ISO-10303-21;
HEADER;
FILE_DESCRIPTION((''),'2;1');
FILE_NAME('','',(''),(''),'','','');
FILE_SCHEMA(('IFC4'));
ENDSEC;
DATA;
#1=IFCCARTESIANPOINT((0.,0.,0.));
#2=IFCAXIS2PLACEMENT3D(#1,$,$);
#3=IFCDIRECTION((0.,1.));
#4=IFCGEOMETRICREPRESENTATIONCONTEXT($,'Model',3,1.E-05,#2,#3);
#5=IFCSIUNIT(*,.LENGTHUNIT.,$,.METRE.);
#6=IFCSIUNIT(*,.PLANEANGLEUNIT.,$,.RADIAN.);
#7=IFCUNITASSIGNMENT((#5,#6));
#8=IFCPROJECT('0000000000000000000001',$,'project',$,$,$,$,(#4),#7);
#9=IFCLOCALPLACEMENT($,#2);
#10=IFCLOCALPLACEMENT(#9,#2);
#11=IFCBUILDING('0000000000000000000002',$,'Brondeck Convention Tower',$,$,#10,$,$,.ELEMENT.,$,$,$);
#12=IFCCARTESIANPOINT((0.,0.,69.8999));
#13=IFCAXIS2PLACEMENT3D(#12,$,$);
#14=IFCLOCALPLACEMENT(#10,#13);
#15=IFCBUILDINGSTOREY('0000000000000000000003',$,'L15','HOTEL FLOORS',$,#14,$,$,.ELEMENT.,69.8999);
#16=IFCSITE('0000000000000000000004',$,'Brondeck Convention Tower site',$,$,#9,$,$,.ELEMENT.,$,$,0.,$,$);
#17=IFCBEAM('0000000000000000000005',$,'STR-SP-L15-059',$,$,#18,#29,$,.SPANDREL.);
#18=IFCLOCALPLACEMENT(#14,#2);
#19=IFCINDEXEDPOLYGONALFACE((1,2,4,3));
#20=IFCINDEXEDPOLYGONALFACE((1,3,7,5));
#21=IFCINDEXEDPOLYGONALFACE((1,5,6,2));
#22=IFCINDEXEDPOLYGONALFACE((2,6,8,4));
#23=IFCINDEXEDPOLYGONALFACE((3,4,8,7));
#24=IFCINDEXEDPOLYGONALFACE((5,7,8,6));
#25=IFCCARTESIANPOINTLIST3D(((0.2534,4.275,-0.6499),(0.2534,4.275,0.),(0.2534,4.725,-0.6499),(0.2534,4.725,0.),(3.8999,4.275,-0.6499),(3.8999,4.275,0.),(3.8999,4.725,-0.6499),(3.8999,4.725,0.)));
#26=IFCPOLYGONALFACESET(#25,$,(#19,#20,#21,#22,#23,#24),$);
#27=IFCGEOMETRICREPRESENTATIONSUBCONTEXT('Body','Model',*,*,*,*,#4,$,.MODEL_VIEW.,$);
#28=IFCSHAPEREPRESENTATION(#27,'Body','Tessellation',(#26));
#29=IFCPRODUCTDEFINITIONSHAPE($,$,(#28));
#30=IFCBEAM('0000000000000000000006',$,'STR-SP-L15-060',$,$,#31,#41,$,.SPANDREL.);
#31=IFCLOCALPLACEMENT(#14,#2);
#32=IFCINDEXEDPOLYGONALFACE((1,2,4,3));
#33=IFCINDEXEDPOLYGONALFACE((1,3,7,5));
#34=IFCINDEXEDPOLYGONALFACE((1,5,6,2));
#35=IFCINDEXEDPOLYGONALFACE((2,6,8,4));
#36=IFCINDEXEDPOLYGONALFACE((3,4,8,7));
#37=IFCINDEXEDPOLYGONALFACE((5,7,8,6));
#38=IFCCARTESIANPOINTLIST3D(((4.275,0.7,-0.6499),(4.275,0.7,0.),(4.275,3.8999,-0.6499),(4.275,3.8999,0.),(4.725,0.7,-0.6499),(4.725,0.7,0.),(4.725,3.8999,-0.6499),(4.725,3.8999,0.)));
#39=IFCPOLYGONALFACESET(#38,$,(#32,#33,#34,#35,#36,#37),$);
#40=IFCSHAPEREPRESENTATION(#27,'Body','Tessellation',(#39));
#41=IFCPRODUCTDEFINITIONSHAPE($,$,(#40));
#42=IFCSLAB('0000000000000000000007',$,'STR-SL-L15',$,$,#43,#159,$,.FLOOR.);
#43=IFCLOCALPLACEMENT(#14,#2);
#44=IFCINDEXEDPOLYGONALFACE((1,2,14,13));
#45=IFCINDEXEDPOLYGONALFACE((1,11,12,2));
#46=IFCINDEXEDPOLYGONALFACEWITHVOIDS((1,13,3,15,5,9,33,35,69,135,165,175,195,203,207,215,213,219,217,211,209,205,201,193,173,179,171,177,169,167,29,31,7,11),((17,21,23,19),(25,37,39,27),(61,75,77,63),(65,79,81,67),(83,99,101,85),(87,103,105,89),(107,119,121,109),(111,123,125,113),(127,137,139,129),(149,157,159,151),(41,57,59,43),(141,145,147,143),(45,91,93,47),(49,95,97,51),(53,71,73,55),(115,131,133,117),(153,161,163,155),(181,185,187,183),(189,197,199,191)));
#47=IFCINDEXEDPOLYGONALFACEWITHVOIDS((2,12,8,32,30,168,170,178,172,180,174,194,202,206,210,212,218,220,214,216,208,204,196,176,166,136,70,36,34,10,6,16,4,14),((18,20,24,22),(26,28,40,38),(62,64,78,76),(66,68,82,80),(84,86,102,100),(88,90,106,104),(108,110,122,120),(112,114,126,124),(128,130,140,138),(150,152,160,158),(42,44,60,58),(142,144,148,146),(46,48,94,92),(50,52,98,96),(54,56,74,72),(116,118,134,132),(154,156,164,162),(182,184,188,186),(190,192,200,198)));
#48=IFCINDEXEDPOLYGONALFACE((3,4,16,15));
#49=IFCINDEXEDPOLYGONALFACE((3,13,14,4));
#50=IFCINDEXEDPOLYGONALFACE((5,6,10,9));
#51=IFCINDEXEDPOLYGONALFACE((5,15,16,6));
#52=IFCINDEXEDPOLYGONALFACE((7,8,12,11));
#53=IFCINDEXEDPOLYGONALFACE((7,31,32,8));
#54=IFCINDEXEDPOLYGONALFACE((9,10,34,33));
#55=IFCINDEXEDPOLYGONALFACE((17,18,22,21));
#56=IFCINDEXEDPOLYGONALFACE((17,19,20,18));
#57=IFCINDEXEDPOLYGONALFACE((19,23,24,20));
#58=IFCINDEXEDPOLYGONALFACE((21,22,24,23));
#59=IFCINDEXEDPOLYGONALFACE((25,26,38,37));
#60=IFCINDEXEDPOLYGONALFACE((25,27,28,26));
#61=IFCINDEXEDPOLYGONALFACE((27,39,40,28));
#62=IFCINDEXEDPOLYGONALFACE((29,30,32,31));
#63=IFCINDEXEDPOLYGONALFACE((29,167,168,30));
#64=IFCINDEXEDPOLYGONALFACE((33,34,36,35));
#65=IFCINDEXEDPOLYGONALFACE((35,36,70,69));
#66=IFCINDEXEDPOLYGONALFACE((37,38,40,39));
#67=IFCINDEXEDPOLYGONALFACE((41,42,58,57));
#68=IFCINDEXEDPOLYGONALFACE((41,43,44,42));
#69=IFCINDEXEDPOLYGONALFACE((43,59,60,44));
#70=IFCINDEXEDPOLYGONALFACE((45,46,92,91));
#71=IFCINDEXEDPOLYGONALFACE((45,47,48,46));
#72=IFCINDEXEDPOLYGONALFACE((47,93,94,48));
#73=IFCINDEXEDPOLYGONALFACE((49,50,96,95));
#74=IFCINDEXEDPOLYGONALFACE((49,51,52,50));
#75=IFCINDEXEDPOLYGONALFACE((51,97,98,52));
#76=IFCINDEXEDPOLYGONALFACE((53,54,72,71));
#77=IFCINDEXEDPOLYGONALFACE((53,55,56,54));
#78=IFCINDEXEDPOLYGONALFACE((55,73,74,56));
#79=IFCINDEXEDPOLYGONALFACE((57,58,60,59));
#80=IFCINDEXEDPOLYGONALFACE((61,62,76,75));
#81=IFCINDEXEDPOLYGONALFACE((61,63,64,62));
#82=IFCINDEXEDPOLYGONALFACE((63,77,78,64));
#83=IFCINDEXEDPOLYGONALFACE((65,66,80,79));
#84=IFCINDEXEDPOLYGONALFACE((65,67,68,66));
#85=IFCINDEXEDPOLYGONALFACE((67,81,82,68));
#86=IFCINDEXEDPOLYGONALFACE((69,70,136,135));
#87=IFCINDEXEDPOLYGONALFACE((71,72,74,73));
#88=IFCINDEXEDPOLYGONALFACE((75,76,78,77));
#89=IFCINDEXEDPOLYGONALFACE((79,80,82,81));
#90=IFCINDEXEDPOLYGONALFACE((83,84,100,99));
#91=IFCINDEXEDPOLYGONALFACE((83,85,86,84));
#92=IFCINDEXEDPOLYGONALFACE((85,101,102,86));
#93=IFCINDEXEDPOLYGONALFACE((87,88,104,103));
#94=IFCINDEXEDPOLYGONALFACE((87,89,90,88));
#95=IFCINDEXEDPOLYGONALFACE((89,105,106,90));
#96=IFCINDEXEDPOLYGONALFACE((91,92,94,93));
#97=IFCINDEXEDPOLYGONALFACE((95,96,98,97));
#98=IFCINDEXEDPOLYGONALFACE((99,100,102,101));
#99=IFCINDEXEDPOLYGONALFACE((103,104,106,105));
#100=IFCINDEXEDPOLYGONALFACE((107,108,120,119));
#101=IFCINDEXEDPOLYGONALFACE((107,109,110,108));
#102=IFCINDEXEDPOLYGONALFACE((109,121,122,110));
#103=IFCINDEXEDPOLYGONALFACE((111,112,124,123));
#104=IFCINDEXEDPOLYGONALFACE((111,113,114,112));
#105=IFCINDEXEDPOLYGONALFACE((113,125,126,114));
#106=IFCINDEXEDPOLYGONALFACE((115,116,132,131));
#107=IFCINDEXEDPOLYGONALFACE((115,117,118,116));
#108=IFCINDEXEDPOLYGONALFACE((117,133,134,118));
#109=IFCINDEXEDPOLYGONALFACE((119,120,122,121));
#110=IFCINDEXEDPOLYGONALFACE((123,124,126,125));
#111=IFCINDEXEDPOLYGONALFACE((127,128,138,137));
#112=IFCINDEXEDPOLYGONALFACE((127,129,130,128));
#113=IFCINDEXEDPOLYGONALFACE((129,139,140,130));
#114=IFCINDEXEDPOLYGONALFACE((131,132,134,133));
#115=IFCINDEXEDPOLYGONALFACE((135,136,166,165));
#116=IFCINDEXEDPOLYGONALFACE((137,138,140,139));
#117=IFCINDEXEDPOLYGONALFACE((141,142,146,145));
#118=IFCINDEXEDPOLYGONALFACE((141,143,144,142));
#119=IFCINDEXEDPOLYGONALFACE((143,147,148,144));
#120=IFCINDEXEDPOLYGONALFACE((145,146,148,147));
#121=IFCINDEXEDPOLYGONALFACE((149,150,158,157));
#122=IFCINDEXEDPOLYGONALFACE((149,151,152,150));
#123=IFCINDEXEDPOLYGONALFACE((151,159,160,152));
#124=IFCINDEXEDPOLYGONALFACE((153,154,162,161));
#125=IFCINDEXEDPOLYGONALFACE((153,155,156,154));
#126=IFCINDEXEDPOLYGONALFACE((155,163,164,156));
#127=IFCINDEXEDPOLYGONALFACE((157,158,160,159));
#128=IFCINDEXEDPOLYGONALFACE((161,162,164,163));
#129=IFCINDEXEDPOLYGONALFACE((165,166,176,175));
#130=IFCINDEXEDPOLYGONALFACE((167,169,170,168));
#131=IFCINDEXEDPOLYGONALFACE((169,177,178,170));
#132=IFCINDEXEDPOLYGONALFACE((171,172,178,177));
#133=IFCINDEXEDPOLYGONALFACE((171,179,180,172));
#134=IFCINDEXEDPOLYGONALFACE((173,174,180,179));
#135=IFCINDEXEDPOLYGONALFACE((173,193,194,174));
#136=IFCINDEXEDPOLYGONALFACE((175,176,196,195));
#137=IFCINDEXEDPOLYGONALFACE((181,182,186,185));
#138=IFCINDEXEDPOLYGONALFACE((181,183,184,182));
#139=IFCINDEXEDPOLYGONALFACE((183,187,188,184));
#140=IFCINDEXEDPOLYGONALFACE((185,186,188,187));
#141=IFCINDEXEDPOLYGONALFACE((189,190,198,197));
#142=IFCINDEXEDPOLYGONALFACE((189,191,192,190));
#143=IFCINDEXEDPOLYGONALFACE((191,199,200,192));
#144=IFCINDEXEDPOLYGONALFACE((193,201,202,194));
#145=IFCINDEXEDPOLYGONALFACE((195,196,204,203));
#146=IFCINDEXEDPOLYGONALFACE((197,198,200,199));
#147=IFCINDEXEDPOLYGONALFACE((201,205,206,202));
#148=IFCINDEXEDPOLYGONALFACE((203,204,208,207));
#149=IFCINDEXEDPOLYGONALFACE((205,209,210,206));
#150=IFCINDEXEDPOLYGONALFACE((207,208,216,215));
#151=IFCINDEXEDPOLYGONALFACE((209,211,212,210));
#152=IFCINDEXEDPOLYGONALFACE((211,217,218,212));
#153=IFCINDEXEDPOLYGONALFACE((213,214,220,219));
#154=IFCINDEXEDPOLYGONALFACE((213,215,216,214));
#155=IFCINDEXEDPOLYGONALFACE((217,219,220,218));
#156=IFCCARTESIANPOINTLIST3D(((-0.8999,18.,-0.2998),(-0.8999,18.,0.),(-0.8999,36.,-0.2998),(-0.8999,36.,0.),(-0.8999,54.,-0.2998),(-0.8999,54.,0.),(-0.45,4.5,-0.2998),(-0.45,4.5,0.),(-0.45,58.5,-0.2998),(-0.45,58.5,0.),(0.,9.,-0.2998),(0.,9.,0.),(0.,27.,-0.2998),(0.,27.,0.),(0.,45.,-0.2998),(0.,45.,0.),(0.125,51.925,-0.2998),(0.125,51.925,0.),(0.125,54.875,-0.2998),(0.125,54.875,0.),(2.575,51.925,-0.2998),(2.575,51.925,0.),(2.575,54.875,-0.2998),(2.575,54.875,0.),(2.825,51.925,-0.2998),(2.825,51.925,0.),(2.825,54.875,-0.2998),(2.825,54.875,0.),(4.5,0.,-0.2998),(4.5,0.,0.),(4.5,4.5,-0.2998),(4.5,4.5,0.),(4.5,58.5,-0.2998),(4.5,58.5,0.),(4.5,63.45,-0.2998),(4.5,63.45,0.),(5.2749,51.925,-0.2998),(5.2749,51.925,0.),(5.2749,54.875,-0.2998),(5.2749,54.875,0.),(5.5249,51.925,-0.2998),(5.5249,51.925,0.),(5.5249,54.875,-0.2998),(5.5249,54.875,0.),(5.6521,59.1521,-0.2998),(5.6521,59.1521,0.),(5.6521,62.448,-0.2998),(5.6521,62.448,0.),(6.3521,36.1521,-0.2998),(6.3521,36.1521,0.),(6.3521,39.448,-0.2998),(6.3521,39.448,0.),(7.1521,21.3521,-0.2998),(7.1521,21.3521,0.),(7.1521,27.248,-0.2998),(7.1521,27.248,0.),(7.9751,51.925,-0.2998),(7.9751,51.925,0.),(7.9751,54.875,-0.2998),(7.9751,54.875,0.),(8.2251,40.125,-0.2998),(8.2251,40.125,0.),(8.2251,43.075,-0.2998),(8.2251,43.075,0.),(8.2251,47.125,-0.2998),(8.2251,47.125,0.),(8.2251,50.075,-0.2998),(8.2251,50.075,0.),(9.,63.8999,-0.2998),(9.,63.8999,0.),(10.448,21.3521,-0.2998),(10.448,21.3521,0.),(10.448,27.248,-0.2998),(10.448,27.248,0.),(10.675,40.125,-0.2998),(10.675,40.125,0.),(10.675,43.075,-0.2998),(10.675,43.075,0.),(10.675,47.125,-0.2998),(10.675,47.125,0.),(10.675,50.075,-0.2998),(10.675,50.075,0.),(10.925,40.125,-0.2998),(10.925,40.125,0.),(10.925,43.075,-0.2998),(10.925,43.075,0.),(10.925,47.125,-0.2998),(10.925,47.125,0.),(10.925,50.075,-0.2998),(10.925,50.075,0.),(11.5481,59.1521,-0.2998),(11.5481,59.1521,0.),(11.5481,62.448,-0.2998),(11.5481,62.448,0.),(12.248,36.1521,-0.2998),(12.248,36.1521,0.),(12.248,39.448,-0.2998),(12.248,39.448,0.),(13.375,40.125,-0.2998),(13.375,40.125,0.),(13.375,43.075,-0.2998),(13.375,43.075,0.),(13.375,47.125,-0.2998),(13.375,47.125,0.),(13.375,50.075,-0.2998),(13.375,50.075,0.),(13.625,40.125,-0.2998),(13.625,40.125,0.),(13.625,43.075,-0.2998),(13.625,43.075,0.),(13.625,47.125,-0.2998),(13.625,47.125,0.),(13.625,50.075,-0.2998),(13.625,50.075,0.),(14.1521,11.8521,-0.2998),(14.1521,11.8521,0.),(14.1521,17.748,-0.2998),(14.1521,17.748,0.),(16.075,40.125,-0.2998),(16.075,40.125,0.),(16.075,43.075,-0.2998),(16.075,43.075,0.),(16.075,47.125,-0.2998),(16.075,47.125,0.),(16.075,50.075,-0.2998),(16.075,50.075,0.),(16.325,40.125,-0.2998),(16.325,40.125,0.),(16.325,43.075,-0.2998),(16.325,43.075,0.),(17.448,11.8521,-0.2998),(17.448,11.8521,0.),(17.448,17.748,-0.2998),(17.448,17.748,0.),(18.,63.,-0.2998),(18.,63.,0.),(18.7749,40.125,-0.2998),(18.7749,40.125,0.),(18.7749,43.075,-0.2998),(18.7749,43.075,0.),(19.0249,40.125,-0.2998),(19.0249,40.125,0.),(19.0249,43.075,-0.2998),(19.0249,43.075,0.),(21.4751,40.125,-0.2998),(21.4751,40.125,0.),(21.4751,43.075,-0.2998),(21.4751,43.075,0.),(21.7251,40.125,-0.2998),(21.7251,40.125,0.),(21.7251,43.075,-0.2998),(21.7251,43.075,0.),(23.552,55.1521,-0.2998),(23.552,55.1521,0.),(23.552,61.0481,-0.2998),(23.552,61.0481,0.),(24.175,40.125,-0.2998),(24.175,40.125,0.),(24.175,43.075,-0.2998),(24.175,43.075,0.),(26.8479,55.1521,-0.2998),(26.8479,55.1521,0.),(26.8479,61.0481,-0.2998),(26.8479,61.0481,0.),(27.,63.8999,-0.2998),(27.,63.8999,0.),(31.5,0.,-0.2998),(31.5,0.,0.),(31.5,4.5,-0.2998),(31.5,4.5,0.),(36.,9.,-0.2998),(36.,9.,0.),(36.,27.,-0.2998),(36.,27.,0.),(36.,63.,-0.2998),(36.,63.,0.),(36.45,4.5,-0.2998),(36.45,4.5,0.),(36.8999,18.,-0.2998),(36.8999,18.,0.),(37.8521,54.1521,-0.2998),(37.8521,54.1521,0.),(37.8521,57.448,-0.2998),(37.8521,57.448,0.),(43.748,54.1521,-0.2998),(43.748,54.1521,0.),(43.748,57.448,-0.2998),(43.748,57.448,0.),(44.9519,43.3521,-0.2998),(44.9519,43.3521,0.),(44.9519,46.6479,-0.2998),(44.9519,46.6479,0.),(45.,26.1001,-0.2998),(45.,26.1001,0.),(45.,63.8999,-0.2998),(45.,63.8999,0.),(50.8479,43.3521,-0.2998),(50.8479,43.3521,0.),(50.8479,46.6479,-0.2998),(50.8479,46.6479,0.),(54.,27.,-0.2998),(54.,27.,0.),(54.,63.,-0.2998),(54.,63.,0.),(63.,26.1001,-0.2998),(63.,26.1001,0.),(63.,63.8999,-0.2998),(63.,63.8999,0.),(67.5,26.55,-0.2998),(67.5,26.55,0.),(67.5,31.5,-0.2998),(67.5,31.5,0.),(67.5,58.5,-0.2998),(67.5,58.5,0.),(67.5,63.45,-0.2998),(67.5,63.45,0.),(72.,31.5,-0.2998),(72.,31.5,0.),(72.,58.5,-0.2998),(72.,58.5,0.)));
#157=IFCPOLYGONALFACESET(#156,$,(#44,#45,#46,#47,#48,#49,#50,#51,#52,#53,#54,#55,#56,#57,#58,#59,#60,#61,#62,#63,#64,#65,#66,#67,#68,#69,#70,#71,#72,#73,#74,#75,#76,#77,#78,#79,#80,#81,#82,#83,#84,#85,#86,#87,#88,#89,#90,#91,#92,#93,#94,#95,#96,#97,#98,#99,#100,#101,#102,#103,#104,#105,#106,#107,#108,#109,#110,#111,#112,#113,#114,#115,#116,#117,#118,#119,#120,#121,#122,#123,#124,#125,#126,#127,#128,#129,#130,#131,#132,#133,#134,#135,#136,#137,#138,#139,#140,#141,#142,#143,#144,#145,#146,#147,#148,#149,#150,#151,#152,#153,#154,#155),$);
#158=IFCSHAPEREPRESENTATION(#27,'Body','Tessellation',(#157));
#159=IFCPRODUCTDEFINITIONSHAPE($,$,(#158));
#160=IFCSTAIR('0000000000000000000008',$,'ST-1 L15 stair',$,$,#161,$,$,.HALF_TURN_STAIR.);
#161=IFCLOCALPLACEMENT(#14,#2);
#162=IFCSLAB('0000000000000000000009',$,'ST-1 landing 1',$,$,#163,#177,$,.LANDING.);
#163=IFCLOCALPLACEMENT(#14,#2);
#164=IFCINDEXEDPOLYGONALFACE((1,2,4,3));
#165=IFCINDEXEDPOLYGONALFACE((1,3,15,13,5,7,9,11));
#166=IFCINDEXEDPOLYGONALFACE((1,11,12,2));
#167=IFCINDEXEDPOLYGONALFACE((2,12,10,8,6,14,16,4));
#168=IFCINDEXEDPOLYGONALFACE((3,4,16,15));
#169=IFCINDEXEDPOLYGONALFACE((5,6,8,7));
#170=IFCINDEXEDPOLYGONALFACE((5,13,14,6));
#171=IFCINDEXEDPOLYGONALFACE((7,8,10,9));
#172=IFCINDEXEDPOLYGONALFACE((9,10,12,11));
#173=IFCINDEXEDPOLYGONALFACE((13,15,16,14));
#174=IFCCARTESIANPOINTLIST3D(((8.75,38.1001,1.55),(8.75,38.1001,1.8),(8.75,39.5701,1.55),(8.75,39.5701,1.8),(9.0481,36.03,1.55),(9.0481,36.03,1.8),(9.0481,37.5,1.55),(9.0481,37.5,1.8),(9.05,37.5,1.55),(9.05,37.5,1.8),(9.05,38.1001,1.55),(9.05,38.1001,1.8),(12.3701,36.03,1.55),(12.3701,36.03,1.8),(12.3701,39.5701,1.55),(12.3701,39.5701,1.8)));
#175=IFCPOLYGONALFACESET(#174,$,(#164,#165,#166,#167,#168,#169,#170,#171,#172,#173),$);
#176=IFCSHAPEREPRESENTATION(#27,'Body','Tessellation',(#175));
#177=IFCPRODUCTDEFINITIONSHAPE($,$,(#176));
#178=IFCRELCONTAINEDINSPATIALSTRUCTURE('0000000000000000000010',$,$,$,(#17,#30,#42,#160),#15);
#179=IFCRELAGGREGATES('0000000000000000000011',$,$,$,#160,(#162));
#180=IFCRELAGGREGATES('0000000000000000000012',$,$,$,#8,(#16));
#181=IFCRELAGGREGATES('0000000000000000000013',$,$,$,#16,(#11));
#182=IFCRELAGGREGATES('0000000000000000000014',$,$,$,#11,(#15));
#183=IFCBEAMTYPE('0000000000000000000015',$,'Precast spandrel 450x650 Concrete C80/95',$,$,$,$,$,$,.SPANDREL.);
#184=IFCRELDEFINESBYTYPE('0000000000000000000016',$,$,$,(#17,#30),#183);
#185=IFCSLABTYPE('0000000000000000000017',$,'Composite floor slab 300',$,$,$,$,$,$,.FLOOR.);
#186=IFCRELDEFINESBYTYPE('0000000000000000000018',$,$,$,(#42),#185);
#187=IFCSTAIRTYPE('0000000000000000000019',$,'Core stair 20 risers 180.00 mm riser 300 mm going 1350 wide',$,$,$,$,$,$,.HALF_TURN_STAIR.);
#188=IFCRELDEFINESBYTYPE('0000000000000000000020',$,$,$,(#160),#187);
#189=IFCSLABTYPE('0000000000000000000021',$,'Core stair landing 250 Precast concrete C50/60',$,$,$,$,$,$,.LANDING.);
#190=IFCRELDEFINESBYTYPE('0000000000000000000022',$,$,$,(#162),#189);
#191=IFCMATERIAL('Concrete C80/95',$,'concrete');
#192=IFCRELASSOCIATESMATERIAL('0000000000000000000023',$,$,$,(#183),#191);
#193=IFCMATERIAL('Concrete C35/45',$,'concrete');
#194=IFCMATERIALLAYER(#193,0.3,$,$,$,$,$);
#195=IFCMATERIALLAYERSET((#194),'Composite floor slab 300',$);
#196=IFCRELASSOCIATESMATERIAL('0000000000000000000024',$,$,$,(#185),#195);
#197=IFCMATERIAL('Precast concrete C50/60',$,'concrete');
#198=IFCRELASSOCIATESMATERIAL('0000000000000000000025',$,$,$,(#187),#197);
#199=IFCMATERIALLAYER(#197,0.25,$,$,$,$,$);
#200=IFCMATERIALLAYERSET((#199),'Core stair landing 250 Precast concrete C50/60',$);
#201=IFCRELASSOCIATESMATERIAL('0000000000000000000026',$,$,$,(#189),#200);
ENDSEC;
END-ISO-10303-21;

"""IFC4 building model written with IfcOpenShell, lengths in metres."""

from ifc_helpers import new_model, si_unit, direction, frame, origin, origin_2d, place, context, subcontext, project, spatial, polyline, rectangle, outline, extrude, material, layer, layer_set, material_profile, profile_set, type_object, element, aggregate, save


model = new_model("IFC4")

# Units and contexts
model_context = context("Model", 3, precision=1e-05, world=origin(), true_north=direction((0.0, 1.0)))
body_context = subcontext(model_context, "Body", "Model", "MODEL_VIEW")
ifc_project = project(units=[si_unit("LENGTHUNIT", "METRE"), si_unit("PLANEANGLEUNIT", "RADIAN")], contexts=[model_context])

# Site, building, storey
site_placement = place(None, origin())
site = spatial("IfcSite", under=ifc_project, at=site_placement, Name="Brondeck Convention Tower site", CompositionType="ELEMENT", RefElevation=0.0)
building_placement = place(site_placement, origin())
building = spatial("IfcBuilding", under=site, at=building_placement, Name="Brondeck Convention Tower", CompositionType="ELEMENT")
storey_placement = place(building_placement, frame((0.0, 0.0, 69.8999)))
storey = spatial("IfcBuildingStorey", under=building, at=storey_placement, Name="L15", Description="HOTEL FLOORS", CompositionType="ELEMENT", Elevation=69.8999)

# Shared definitions
ifc_material_1 = material(Name="Concrete C80/95", Category="concrete")

# Beams
ifc_material_profile_1 = material_profile(ifc_material_1, rectangle(XDim=0.45, YDim=0.6499, at=origin_2d()), Name="Precast spandrel 450x650 Concrete C80/95")
ifc_profile_set_1 = profile_set([ifc_material_profile_1], Name="Concrete C80/95")
beam_type_1 = type_object("IfcBeamType", Name="Precast spandrel 450x650 Concrete C80/95", PredefinedType="SPANDREL", material=ifc_profile_set_1)
beam_1_placement = place(storey_placement, frame((0.2534, 4.5, -0.325), z_axis=(1.0, 0.0, 0.0), x_axis=(0.0, 1.0, 0.0)))
element("IfcBeam", 1, at=beam_1_placement, inside=storey, type_object=beam_type_1, Name="STR-SP-L15-059", PredefinedType="SPANDREL", context=body_context, shape_type="SweptSolid", body=[
    extrude(rectangle(XDim=0.45, YDim=0.6499, at=origin_2d()), origin(), (0.0, 0.0, 1.0), 3.6465),
])
beam_2_placement = place(storey_placement, frame((4.5, 3.8999, -0.325), z_axis=(0.0, -1.0, 0.0), x_axis=(1.0, 0.0, 0.0)))
element("IfcBeam", 2, at=beam_2_placement, inside=storey, type_object=beam_type_1, Name="STR-SP-L15-060", PredefinedType="SPANDREL", context=body_context, shape_type="SweptSolid", body=[
    extrude(rectangle(XDim=0.45, YDim=0.6499, at=origin_2d()), origin(), (0.0, 0.0, 1.0), 3.2),
])

# Slab
ifc_material_2 = material(Name="Concrete C35/45", Category="concrete")
ifc_layer_1 = layer(ifc_material_2, 0.3)
ifc_layer_set_1 = layer_set([ifc_layer_1], Name="Composite floor slab 300")
slab_type_1 = type_object("IfcSlabType", Name="Composite floor slab 300", PredefinedType="FLOOR", material=ifc_layer_set_1)
slab_1_placement = place(storey_placement, frame((0.0, 0.0, -0.2998)))
element("IfcSlab", 3, at=slab_1_placement, inside=storey, type_object=slab_type_1, Name="STR-SL-L15", PredefinedType="FLOOR", context=body_context, shape_type="SweptSolid", body=[
    extrude(outline(polyline([(4.5, 4.5), (-0.45, 4.5), (0.0, 9.0), (-0.8999, 18.0), (0.0, 27.0), (-0.8999, 36.0), (0.0, 45.0), (-0.8999, 54.0), (-0.45, 58.5), (4.5, 58.5), (4.5, 63.45), (9.0, 63.8999), (18.0, 63.0), (27.0, 63.8999), (36.0, 63.0), (45.0, 63.8999), (54.0, 63.0), (63.0, 63.8999), (67.5, 63.45), (67.5, 58.5), (72.0, 58.5), (72.0, 31.5), (67.5, 31.5), (67.5, 26.55), (63.0, 26.1001), (54.0, 27.0), (45.0, 26.1001), (36.0, 27.0), (36.8999, 18.0), (36.0, 9.0), (36.45, 4.5), (31.5, 4.5), (31.5, 0.0), (4.5, 0.0), (4.5, 4.5)]), holes=[polyline([(10.448, 27.248), (7.1521, 27.248), (7.1521, 21.3521), (10.448, 21.3521), (10.448, 27.248)]), polyline([(12.248, 36.1521), (12.248, 39.448), (6.3521, 39.448), (6.3521, 36.1521), (12.248, 36.1521)]), polyline([(10.675, 40.125), (10.675, 43.075), (8.2251, 43.075), (8.2251, 40.125), (10.675, 40.125)]), polyline([(13.375, 40.125), (13.375, 43.075), (10.925, 43.075), (10.925, 40.125), (13.375, 40.125)]), polyline([(10.675, 47.125), (10.675, 50.075), (8.2251, 50.075), (8.2251, 47.125), (10.675, 47.125)]), polyline([(13.375, 47.125), (13.375, 50.075), (10.925, 50.075), (10.925, 47.125), (13.375, 47.125)]), polyline([(2.575, 51.925), (2.575, 54.875), (0.125, 54.875), (0.125, 51.925), (2.575, 51.925)]), polyline([(2.825, 51.925), (5.2749, 51.925), (5.2749, 54.875), (2.825, 54.875), (2.825, 51.925)]), polyline([(5.5249, 51.925), (7.9751, 51.925), (7.9751, 54.875), (5.5249, 54.875), (5.5249, 51.925)]), polyline([(5.6521, 62.448), (5.6521, 59.1521), (11.5481, 59.1521), (11.5481, 62.448), (5.6521, 62.448)]), polyline([(17.448, 17.748), (14.1521, 17.748), (14.1521, 11.8521), (17.448, 11.8521), (17.448, 17.748)]), polyline([(16.075, 40.125), (16.075, 43.075), (13.625, 43.075), (13.625, 40.125), (16.075, 40.125)]), polyline([(16.325, 40.125), (18.7749, 40.125), (18.7749, 43.075), (16.325, 43.075), (16.325, 40.125)]), polyline([(19.0249, 40.125), (21.4751, 40.125), (21.4751, 43.075), (19.0249, 43.075), (19.0249, 40.125)]), polyline([(24.175, 40.125), (24.175, 43.075), (21.7251, 43.075), (21.7251, 40.125), (24.175, 40.125)]), polyline([(50.8479, 43.3521), (50.8479, 46.6479), (44.9519, 46.6479), (44.9519, 43.3521), (50.8479, 43.3521)]), polyline([(16.075, 47.125), (16.075, 50.075), (13.625, 50.075), (13.625, 47.125), (16.075, 47.125)]), polyline([(37.8521, 54.1521), (43.748, 54.1521), (43.748, 57.448), (37.8521, 57.448), (37.8521, 54.1521)]), polyline([(23.552, 61.0481), (23.552, 55.1521), (26.8479, 55.1521), (26.8479, 61.0481), (23.552, 61.0481)])]), origin(), (0.0, 0.0, 1.0), 0.2998),
])

# Stair, slab
ifc_material_3 = material(Name="Precast concrete C50/60", Category="concrete")
stair_type = type_object("IfcStairType", Name="Core stair 20 risers 180.00 mm riser 300 mm going 1350 wide", PredefinedType="HALF_TURN_STAIR", material=ifc_material_3)
stair_1_placement = place(storey_placement, origin())
stair_1 = element("IfcStair", 4, at=stair_1_placement, inside=storey, type_object=stair_type, Name="ST-1 L15 stair", PredefinedType="HALF_TURN_STAIR")
ifc_layer_2 = layer(ifc_material_3, 0.25)
ifc_layer_set_2 = layer_set([ifc_layer_2], Name="Core stair landing 250 Precast concrete C50/60")
slab_type_2 = type_object("IfcSlabType", Name="Core stair landing 250 Precast concrete C50/60", PredefinedType="LANDING", material=ifc_layer_set_2)
slab_2_placement = place(storey_placement, frame((0.0, 0.0, 1.55)))
slab_2 = element("IfcSlab", 5, at=slab_2_placement, type_object=slab_type_2, Name="ST-1 landing 1", PredefinedType="LANDING", context=body_context, shape_type="SweptSolid", body=[
    extrude(outline(polyline([(9.0481, 37.5), (9.05, 37.5), (9.05, 38.1001), (8.75, 38.1001), (8.75, 39.5701), (12.3701, 39.5701), (12.3701, 36.03), (9.0481, 36.03), (9.0481, 37.5)])), origin(), (0.0, 0.0, 1.0), 0.25),
])
aggregate(stair_1, [slab_2])

save(model, "model.ifc")
